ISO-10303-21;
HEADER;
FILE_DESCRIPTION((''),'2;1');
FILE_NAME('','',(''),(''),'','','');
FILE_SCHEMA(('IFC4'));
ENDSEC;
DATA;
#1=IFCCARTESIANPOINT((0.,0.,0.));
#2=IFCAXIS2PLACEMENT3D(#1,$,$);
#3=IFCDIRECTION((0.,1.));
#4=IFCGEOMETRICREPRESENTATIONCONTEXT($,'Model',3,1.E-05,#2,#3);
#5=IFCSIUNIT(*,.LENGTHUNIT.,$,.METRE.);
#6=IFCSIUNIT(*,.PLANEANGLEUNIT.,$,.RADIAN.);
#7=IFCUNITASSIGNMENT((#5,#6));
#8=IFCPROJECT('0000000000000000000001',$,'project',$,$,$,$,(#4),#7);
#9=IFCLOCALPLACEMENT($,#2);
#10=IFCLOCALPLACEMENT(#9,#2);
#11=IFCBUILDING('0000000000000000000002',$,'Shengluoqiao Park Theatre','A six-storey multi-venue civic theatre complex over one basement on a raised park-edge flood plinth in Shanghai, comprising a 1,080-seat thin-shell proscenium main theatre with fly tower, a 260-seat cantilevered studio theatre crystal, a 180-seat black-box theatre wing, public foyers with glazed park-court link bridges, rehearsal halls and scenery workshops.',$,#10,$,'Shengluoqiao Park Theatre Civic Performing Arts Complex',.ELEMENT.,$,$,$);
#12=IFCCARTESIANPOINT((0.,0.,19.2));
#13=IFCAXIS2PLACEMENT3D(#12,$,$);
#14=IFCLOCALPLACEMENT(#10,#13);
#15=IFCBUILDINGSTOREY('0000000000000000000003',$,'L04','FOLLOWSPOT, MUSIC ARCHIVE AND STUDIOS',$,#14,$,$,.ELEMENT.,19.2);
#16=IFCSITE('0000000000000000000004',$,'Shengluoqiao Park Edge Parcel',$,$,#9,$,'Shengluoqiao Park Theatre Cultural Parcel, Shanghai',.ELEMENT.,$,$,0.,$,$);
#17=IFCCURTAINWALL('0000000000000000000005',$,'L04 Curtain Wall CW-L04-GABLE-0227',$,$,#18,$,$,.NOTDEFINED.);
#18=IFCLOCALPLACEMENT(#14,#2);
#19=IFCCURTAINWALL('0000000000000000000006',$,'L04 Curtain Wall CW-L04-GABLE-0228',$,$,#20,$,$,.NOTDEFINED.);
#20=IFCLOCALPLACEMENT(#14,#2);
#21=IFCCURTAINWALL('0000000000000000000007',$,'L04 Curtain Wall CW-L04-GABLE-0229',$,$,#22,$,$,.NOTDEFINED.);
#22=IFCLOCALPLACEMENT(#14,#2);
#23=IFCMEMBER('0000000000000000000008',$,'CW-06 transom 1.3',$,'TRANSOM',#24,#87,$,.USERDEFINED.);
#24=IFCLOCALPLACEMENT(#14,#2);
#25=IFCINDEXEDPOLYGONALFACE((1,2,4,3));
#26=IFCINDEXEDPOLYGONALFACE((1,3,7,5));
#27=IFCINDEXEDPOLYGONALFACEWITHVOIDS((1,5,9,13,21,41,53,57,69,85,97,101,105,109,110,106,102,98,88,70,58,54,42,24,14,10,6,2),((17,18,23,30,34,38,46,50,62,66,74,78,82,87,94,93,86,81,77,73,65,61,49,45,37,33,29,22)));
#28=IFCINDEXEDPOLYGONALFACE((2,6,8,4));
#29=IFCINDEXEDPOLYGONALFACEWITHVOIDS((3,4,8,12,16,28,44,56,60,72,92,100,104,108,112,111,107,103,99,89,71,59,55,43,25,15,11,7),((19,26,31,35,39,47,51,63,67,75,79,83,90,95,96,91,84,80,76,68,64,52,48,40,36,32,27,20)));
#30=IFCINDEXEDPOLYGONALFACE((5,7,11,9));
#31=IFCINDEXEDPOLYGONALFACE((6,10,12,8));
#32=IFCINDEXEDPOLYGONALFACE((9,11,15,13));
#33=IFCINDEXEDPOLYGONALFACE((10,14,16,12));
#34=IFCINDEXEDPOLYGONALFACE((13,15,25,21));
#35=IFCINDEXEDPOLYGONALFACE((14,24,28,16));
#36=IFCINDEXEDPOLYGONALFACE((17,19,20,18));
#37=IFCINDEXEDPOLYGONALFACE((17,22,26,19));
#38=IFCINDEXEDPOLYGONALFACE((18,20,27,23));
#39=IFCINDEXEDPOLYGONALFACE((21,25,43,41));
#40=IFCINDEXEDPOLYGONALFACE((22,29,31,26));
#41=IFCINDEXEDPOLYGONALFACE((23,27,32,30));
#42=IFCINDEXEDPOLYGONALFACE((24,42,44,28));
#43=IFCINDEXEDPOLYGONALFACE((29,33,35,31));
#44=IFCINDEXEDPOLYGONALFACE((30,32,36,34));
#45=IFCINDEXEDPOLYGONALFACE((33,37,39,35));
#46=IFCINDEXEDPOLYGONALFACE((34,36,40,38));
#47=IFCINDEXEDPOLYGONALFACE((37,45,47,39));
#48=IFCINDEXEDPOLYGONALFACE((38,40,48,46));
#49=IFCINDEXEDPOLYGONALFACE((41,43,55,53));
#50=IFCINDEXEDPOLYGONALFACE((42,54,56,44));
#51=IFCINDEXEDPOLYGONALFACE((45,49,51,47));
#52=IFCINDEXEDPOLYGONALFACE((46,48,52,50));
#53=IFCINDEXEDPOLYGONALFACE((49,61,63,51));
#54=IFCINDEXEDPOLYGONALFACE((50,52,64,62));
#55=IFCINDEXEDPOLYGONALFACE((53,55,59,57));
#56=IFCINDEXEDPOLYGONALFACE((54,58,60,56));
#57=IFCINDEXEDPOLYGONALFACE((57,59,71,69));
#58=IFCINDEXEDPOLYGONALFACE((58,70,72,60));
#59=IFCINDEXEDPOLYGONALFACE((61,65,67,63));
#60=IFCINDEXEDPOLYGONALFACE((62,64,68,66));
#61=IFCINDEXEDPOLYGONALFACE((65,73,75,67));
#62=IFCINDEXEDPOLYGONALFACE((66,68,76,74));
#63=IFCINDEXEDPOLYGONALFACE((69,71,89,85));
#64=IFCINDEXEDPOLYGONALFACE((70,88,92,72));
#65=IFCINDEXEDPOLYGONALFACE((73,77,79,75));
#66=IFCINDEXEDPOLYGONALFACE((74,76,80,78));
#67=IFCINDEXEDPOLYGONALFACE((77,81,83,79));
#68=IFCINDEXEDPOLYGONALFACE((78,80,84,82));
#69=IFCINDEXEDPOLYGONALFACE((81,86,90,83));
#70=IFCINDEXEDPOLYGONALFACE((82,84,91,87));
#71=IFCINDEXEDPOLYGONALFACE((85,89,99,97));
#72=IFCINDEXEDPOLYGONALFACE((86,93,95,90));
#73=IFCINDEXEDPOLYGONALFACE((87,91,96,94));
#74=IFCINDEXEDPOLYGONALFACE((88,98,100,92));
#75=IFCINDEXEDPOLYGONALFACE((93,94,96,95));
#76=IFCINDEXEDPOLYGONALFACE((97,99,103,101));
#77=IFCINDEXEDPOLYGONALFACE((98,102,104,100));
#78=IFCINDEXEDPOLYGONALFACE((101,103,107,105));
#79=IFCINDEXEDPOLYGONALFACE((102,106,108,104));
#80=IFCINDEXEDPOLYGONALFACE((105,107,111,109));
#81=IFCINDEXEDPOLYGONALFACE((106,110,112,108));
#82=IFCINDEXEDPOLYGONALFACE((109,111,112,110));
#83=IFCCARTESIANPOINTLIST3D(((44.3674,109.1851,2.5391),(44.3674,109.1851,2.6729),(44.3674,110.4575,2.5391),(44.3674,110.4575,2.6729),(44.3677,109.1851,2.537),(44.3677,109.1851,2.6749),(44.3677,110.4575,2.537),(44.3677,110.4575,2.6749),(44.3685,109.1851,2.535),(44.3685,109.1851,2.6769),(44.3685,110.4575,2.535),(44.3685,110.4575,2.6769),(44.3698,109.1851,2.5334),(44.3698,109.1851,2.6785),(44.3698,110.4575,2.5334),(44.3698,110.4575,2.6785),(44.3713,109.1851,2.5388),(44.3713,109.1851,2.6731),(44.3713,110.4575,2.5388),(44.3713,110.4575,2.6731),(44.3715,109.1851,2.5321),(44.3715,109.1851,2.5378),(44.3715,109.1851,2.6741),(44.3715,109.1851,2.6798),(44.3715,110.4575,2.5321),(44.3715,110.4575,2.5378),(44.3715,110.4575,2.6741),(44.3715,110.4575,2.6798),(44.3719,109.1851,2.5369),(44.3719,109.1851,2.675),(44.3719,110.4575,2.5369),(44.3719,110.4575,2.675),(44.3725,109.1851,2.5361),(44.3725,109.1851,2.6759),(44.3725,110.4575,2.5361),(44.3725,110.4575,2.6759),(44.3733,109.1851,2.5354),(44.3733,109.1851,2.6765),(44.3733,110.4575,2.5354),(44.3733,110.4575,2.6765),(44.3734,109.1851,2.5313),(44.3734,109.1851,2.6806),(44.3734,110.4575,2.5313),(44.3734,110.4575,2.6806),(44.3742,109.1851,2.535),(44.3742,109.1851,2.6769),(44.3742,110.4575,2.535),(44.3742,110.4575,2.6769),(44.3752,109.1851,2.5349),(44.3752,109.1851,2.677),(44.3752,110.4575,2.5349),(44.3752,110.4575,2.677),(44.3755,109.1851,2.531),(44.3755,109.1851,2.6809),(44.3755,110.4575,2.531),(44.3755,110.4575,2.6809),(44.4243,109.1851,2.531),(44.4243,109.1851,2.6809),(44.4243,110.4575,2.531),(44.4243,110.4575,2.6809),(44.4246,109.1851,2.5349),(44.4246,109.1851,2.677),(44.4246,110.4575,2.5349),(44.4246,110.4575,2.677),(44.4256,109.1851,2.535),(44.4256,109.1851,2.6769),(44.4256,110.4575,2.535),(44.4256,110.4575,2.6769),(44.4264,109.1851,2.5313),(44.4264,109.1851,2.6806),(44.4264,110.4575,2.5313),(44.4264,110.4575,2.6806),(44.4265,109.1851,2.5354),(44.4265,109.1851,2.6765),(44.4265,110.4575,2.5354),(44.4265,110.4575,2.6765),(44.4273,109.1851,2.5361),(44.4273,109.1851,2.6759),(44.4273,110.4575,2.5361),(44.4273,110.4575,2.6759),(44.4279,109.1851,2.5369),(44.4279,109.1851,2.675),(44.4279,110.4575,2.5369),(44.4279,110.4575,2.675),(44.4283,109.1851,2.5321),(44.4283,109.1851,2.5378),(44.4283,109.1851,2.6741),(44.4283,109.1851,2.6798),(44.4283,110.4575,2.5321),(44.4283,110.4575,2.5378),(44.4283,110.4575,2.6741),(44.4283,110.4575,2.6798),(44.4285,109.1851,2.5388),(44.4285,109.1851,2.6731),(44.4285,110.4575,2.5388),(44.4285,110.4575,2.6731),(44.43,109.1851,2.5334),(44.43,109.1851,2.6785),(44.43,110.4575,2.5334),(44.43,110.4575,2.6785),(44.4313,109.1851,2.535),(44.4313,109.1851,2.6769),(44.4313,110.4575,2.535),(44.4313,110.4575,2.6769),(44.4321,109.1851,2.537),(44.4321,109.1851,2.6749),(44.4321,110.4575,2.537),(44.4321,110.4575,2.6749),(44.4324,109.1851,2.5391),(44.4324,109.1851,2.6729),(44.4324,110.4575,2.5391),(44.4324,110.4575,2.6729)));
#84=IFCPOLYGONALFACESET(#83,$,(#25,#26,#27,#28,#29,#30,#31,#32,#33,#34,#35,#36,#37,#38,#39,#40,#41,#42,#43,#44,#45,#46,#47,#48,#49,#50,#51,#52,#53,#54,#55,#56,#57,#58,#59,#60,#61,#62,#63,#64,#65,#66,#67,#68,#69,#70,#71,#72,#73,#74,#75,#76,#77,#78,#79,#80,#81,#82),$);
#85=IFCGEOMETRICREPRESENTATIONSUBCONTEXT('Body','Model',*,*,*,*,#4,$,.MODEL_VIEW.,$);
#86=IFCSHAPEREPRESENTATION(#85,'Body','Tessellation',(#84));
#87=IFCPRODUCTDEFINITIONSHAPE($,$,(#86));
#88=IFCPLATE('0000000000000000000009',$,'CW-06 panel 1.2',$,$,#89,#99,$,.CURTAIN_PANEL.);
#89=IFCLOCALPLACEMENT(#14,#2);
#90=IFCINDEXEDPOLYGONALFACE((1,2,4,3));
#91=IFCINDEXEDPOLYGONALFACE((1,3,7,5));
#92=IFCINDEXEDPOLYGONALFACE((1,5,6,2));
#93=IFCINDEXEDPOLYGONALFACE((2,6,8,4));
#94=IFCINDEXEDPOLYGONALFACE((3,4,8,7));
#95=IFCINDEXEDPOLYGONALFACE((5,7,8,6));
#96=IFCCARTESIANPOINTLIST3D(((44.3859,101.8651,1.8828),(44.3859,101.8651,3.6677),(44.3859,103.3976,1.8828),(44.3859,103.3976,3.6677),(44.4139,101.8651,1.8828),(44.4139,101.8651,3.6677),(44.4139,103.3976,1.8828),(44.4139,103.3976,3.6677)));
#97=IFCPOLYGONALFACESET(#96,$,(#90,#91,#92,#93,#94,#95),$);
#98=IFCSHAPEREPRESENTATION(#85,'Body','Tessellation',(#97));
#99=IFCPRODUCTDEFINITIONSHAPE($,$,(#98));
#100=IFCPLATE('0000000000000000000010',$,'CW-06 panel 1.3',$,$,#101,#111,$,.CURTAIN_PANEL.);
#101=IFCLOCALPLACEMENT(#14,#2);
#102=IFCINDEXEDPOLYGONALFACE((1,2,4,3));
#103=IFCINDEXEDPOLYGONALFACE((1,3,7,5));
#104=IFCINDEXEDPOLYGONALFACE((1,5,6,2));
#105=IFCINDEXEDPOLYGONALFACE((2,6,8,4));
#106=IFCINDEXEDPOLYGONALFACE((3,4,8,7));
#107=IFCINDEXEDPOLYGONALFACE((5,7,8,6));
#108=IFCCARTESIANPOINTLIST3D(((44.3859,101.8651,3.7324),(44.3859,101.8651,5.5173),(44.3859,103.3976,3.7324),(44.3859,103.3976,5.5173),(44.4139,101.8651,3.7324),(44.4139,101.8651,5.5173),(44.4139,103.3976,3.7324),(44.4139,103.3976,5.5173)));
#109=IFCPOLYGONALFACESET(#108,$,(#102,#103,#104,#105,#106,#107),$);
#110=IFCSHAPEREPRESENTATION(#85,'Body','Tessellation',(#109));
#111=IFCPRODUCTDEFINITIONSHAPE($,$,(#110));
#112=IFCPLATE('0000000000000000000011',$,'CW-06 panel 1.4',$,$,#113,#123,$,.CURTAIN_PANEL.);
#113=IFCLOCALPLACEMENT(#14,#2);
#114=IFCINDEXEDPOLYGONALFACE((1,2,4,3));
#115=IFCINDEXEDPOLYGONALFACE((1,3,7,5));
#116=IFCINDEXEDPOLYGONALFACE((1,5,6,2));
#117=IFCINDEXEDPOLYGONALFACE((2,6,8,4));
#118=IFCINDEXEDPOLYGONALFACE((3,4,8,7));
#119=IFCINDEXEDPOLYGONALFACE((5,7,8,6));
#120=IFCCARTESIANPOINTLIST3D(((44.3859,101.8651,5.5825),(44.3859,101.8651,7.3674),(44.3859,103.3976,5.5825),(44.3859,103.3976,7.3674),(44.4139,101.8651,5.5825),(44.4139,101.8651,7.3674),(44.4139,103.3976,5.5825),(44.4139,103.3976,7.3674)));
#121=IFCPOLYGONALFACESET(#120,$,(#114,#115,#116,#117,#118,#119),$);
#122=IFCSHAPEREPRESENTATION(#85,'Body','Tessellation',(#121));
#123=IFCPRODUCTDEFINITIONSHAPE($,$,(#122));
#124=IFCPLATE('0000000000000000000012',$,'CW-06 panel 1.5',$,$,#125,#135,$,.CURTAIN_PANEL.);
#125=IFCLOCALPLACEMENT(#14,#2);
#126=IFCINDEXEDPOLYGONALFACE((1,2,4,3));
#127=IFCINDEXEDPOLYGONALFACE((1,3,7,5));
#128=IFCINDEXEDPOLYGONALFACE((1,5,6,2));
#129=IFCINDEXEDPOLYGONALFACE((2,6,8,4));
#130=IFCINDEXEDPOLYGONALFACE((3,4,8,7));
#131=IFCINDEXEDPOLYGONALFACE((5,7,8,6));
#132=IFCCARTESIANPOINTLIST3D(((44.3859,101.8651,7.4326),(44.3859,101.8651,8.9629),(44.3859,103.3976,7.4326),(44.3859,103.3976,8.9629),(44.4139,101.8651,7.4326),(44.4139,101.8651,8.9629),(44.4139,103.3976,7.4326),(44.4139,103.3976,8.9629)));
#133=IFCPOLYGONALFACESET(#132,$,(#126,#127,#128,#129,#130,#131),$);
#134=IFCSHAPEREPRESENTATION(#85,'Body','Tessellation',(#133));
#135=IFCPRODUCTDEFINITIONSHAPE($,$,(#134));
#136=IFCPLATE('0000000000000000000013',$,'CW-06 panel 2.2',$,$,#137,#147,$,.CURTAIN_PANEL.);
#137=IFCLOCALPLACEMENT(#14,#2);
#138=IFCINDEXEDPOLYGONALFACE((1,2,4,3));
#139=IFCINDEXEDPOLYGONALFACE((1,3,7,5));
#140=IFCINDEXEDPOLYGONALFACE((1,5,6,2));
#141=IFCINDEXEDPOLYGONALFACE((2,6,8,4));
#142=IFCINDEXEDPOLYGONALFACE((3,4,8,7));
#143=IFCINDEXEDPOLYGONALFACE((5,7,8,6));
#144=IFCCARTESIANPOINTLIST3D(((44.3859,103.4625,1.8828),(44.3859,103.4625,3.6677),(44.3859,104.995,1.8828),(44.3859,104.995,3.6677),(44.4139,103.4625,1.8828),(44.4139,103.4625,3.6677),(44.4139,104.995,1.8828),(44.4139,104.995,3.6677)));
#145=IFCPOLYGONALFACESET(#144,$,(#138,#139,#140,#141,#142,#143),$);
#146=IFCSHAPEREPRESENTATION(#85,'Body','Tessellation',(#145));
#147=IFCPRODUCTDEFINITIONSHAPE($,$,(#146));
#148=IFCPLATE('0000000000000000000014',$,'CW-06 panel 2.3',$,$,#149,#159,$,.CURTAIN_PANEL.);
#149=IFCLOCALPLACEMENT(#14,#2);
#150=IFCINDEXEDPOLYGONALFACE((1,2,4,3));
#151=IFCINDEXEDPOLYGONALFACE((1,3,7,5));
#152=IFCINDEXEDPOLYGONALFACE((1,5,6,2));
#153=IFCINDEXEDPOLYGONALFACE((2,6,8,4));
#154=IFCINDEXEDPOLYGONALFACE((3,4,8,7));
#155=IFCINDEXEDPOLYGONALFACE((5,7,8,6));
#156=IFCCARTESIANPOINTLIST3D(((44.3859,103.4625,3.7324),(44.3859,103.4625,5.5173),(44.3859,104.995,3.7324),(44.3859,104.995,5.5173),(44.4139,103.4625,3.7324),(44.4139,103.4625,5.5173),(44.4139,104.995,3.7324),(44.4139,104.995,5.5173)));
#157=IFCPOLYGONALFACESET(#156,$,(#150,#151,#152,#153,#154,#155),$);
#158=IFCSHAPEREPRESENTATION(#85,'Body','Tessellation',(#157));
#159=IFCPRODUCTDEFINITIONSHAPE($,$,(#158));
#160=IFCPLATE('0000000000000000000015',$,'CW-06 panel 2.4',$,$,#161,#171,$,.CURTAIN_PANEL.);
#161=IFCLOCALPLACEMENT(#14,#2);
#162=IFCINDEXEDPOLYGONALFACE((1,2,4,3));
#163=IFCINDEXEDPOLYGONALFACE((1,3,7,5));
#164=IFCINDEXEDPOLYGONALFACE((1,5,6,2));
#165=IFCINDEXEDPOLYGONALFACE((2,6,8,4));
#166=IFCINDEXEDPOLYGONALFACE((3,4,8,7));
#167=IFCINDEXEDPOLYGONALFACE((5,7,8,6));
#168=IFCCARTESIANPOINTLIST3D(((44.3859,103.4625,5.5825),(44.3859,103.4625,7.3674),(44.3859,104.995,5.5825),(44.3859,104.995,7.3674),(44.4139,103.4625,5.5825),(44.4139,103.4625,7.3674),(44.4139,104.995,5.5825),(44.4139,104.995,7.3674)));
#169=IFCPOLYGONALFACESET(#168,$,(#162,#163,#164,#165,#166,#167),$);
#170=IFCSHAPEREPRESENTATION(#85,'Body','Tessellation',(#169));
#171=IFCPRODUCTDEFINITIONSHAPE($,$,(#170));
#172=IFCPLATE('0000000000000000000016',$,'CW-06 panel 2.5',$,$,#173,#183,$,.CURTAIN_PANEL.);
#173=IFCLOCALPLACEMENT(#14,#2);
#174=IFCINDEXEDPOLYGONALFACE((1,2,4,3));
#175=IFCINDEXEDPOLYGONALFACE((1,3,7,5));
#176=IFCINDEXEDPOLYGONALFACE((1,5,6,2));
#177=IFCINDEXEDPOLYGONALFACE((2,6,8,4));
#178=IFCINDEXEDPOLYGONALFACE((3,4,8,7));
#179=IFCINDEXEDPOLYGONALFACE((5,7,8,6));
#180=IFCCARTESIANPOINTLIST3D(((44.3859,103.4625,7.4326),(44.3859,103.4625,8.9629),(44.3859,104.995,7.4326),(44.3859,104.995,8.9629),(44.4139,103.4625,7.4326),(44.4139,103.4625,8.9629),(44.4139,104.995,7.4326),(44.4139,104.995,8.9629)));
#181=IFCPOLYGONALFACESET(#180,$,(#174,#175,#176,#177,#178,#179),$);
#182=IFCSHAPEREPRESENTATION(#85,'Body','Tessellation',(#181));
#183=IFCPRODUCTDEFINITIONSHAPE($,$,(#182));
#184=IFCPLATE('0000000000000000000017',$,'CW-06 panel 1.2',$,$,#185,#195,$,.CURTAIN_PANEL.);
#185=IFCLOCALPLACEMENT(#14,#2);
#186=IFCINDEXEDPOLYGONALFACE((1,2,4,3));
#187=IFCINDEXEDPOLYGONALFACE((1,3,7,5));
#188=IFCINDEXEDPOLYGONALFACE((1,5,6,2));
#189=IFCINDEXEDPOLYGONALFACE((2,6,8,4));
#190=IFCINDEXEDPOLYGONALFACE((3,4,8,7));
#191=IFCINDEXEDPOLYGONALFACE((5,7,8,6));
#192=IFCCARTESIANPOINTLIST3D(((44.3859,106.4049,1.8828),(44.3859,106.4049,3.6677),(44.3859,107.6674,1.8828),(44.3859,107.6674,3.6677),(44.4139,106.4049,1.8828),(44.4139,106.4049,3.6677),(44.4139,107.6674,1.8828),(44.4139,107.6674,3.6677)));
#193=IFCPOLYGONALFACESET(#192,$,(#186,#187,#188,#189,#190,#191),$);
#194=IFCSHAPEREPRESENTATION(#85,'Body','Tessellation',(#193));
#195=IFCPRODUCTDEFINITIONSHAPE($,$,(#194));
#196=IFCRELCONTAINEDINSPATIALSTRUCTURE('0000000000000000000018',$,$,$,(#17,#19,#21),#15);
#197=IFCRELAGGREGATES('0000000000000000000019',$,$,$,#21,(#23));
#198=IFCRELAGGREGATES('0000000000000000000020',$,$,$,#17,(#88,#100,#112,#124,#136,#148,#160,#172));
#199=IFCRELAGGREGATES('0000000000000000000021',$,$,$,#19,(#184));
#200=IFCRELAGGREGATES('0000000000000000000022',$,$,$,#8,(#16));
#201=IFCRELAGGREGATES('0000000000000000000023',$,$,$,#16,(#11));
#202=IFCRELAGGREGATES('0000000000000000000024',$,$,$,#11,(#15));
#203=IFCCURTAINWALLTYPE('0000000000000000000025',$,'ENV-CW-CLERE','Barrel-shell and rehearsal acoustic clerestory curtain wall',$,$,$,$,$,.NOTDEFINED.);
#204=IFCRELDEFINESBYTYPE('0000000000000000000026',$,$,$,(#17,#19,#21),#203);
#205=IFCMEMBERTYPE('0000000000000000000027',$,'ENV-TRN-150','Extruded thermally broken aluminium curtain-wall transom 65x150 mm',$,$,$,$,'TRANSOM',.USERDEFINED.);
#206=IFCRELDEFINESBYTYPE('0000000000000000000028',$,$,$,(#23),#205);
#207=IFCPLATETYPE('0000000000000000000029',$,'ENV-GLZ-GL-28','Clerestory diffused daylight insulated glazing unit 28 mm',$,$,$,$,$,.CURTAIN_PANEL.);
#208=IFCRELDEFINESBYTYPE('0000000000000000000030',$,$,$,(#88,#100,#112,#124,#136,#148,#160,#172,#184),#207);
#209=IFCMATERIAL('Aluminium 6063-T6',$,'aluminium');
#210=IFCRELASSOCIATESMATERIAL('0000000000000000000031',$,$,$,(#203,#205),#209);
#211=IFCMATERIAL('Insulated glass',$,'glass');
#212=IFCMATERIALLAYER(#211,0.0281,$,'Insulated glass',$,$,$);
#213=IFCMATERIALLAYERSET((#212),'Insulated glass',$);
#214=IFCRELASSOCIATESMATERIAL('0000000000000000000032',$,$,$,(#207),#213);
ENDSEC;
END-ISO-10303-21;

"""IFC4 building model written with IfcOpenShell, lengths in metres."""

from ifc_helpers import new_model, si_unit, direction, frame, origin, origin_2d, place, context, subcontext, project, spatial, rectangle, hollow_rectangle, extrude, material, layer, layer_set, material_profile, profile_set, type_object, element, aggregate, save


model = new_model("IFC4")

# Units and contexts
model_context = context("Model", 3, precision=1e-05, world=origin(), true_north=direction((0.0, 1.0)))
body_context = subcontext(model_context, "Body", "Model", "MODEL_VIEW")
ifc_project = project(units=[si_unit("LENGTHUNIT", "METRE"), si_unit("PLANEANGLEUNIT", "RADIAN")], contexts=[model_context])

# Site, building, storey
site_placement = place(None, origin())
site = spatial("IfcSite", under=ifc_project, at=site_placement, Name="Shengluoqiao Park Edge Parcel", LongName="Shengluoqiao Park Theatre Cultural Parcel, Shanghai", CompositionType="ELEMENT", RefElevation=0.0)
building_placement = place(site_placement, origin())
building = spatial("IfcBuilding", under=site, at=building_placement, Name="Shengluoqiao Park Theatre", Description="A six-storey multi-venue civic theatre complex over one basement on a raised park-edge flood plinth in Shanghai, comprising a 1,080-seat thin-shell proscenium main theatre with fly tower, a 260-seat cantilevered studio theatre crystal, a 180-seat black-box theatre wing, public foyers with glazed park-court link bridges, rehearsal halls and scenery workshops.", LongName="Shengluoqiao Park Theatre Civic Performing Arts Complex", CompositionType="ELEMENT")
storey_placement = place(building_placement, frame((0.0, 0.0, 19.2)))
storey = spatial("IfcBuildingStorey", under=building, at=storey_placement, Name="L04", Description="FOLLOWSPOT, MUSIC ARCHIVE AND STUDIOS", CompositionType="ELEMENT", Elevation=19.2)

# Curtain walls
ifc_material_1 = material(Name="Aluminium 6063-T6", Category="aluminium")
curtain_wall_type = type_object("IfcCurtainWallType", Name="ENV-CW-CLERE", Description="Barrel-shell and rehearsal acoustic clerestory curtain wall", PredefinedType="NOTDEFINED", material=ifc_material_1)
curtain_wall_1_placement = place(storey_placement, origin())
curtain_wall_1 = element("IfcCurtainWall", 1, at=curtain_wall_1_placement, inside=storey, type_object=curtain_wall_type, Name="L04 Curtain Wall CW-L04-GABLE-0227", PredefinedType="NOTDEFINED")
ifc_material_profile = material_profile(ifc_material_1, hollow_rectangle(XDim=0.0649, YDim=0.1499, WallThickness=0.0039, InnerFilletRadius=0.0039, OuterFilletRadius=0.0081, at=origin_2d()), Name="ALU TRANSOM 150x65x4")
ifc_profile_set = profile_set([ifc_material_profile], Name="Aluminium 6063-T6")
member_type = type_object("IfcMemberType", Name="ENV-TRN-150", Description="Extruded thermally broken aluminium curtain-wall transom 65x150 mm", ElementType="TRANSOM", PredefinedType="USERDEFINED", material=ifc_profile_set)
curtain_wall_2_placement = place(storey_placement, origin())
curtain_wall_2 = element("IfcCurtainWall", 2, at=curtain_wall_2_placement, inside=storey, type_object=curtain_wall_type, Name="L04 Curtain Wall CW-L04-GABLE-0228", PredefinedType="NOTDEFINED")

# Curtain wall, member
curtain_wall_3_placement = place(storey_placement, origin())
curtain_wall_3 = element("IfcCurtainWall", 3, at=curtain_wall_3_placement, inside=storey, type_object=curtain_wall_type, Name="L04 Curtain Wall CW-L04-GABLE-0229", PredefinedType="NOTDEFINED")
member_1_placement = place(storey_placement, frame((44.3999, 109.1851, 2.606), z_axis=(0.0, 1.0, 0.0), x_axis=(-1.0, 0.0, 0.0)))
member_1 = element("IfcMember", 4, at=member_1_placement, type_object=member_type, Name="CW-06 transom 1.3", ObjectType="TRANSOM", PredefinedType="USERDEFINED", context=body_context, shape_type="SweptSolid", body=[
    extrude(hollow_rectangle(XDim=0.0649, YDim=0.1499, WallThickness=0.0039, InnerFilletRadius=0.0039, OuterFilletRadius=0.0081, at=origin_2d()), origin(), (0.0, 0.0, 1.0), 1.2725),
])
aggregate(curtain_wall_3, [member_1])

# Plates
ifc_material_2 = material(Name="Insulated glass", Category="glass")
ifc_layer = layer(ifc_material_2, 0.0281, Name="Insulated glass")
ifc_layer_set = layer_set([ifc_layer], Name="Insulated glass")
plate_type = type_object("IfcPlateType", Name="ENV-GLZ-GL-28", Description="Clerestory diffused daylight insulated glazing unit 28 mm", PredefinedType="CURTAIN_PANEL", material=ifc_layer_set)
plate_1_placement = place(storey_placement, frame((44.3999, 102.6313, 1.8828), z_axis=(0.0, 0.0, 1.0), x_axis=(0.0, 1.0, 0.0)))
plate_1 = element("IfcPlate", 5, at=plate_1_placement, type_object=plate_type, Name="CW-06 panel 1.2", PredefinedType="CURTAIN_PANEL", context=body_context, shape_type="SweptSolid", body=[
    extrude(rectangle(XDim=1.5325, YDim=0.0281, at=origin_2d()), origin(), (0.0, 0.0, 1.0), 1.7849),
])
plate_2_placement = place(storey_placement, frame((44.3999, 102.6313, 3.7324), z_axis=(0.0, 0.0, 1.0), x_axis=(0.0, 1.0, 0.0)))
plate_2 = element("IfcPlate", 6, at=plate_2_placement, type_object=plate_type, Name="CW-06 panel 1.3", PredefinedType="CURTAIN_PANEL", context=body_context, shape_type="SweptSolid", body=[
    extrude(rectangle(XDim=1.5325, YDim=0.0281, at=origin_2d()), origin(), (0.0, 0.0, 1.0), 1.7849),
])
plate_3_placement = place(storey_placement, frame((44.3999, 102.6313, 5.5825), z_axis=(0.0, 0.0, 1.0), x_axis=(0.0, 1.0, 0.0)))
plate_3 = element("IfcPlate", 7, at=plate_3_placement, type_object=plate_type, Name="CW-06 panel 1.4", PredefinedType="CURTAIN_PANEL", context=body_context, shape_type="SweptSolid", body=[
    extrude(rectangle(XDim=1.5325, YDim=0.0281, at=origin_2d()), origin(), (0.0, 0.0, 1.0), 1.7849),
])
plate_4_placement = place(storey_placement, frame((44.3999, 102.6313, 7.4326), z_axis=(0.0, 0.0, 1.0), x_axis=(0.0, 1.0, 0.0)))
plate_4 = element("IfcPlate", 8, at=plate_4_placement, type_object=plate_type, Name="CW-06 panel 1.5", PredefinedType="CURTAIN_PANEL", context=body_context, shape_type="SweptSolid", body=[
    extrude(rectangle(XDim=1.5325, YDim=0.0281, at=origin_2d()), origin(), (0.0, 0.0, 1.0), 1.5303),
])
plate_5_placement = place(storey_placement, frame((44.3999, 104.2288, 1.8828), z_axis=(0.0, 0.0, 1.0), x_axis=(0.0, 1.0, 0.0)))
plate_5 = element("IfcPlate", 9, at=plate_5_placement, type_object=plate_type, Name="CW-06 panel 2.2", PredefinedType="CURTAIN_PANEL", context=body_context, shape_type="SweptSolid", body=[
    extrude(rectangle(XDim=1.5325, YDim=0.0281, at=origin_2d()), origin(), (0.0, 0.0, 1.0), 1.7849),
])
plate_6_placement = place(storey_placement, frame((44.3999, 104.2288, 3.7324), z_axis=(0.0, 0.0, 1.0), x_axis=(0.0, 1.0, 0.0)))
plate_6 = element("IfcPlate", 10, at=plate_6_placement, type_object=plate_type, Name="CW-06 panel 2.3", PredefinedType="CURTAIN_PANEL", context=body_context, shape_type="SweptSolid", body=[
    extrude(rectangle(XDim=1.5325, YDim=0.0281, at=origin_2d()), origin(), (0.0, 0.0, 1.0), 1.7849),
])
plate_7_placement = place(storey_placement, frame((44.3999, 104.2288, 5.5825), z_axis=(0.0, 0.0, 1.0), x_axis=(0.0, 1.0, 0.0)))
plate_7 = element("IfcPlate", 11, at=plate_7_placement, type_object=plate_type, Name="CW-06 panel 2.4", PredefinedType="CURTAIN_PANEL", context=body_context, shape_type="SweptSolid", body=[
    extrude(rectangle(XDim=1.5325, YDim=0.0281, at=origin_2d()), origin(), (0.0, 0.0, 1.0), 1.7849),
])
plate_8_placement = place(storey_placement, frame((44.3999, 104.2288, 7.4326), z_axis=(0.0, 0.0, 1.0), x_axis=(0.0, 1.0, 0.0)))
plate_8 = element("IfcPlate", 12, at=plate_8_placement, type_object=plate_type, Name="CW-06 panel 2.5", PredefinedType="CURTAIN_PANEL", context=body_context, shape_type="SweptSolid", body=[
    extrude(rectangle(XDim=1.5325, YDim=0.0281, at=origin_2d()), origin(), (0.0, 0.0, 1.0), 1.5303),
])
aggregate(curtain_wall_1, [plate_1, plate_2, plate_3, plate_4, plate_5, plate_6, plate_7, plate_8])
plate_9_placement = place(storey_placement, frame((44.3999, 107.0361, 1.8828), z_axis=(0.0, 0.0, 1.0), x_axis=(0.0, 1.0, 0.0)))
plate_9 = element("IfcPlate", 13, at=plate_9_placement, type_object=plate_type, Name="CW-06 panel 1.2", PredefinedType="CURTAIN_PANEL", context=body_context, shape_type="SweptSolid", body=[
    extrude(rectangle(XDim=1.2625, YDim=0.0281, at=origin_2d()), origin(), (0.0, 0.0, 1.0), 1.7849),
])
aggregate(curtain_wall_2, [plate_9])

save(model, "model.ifc")
